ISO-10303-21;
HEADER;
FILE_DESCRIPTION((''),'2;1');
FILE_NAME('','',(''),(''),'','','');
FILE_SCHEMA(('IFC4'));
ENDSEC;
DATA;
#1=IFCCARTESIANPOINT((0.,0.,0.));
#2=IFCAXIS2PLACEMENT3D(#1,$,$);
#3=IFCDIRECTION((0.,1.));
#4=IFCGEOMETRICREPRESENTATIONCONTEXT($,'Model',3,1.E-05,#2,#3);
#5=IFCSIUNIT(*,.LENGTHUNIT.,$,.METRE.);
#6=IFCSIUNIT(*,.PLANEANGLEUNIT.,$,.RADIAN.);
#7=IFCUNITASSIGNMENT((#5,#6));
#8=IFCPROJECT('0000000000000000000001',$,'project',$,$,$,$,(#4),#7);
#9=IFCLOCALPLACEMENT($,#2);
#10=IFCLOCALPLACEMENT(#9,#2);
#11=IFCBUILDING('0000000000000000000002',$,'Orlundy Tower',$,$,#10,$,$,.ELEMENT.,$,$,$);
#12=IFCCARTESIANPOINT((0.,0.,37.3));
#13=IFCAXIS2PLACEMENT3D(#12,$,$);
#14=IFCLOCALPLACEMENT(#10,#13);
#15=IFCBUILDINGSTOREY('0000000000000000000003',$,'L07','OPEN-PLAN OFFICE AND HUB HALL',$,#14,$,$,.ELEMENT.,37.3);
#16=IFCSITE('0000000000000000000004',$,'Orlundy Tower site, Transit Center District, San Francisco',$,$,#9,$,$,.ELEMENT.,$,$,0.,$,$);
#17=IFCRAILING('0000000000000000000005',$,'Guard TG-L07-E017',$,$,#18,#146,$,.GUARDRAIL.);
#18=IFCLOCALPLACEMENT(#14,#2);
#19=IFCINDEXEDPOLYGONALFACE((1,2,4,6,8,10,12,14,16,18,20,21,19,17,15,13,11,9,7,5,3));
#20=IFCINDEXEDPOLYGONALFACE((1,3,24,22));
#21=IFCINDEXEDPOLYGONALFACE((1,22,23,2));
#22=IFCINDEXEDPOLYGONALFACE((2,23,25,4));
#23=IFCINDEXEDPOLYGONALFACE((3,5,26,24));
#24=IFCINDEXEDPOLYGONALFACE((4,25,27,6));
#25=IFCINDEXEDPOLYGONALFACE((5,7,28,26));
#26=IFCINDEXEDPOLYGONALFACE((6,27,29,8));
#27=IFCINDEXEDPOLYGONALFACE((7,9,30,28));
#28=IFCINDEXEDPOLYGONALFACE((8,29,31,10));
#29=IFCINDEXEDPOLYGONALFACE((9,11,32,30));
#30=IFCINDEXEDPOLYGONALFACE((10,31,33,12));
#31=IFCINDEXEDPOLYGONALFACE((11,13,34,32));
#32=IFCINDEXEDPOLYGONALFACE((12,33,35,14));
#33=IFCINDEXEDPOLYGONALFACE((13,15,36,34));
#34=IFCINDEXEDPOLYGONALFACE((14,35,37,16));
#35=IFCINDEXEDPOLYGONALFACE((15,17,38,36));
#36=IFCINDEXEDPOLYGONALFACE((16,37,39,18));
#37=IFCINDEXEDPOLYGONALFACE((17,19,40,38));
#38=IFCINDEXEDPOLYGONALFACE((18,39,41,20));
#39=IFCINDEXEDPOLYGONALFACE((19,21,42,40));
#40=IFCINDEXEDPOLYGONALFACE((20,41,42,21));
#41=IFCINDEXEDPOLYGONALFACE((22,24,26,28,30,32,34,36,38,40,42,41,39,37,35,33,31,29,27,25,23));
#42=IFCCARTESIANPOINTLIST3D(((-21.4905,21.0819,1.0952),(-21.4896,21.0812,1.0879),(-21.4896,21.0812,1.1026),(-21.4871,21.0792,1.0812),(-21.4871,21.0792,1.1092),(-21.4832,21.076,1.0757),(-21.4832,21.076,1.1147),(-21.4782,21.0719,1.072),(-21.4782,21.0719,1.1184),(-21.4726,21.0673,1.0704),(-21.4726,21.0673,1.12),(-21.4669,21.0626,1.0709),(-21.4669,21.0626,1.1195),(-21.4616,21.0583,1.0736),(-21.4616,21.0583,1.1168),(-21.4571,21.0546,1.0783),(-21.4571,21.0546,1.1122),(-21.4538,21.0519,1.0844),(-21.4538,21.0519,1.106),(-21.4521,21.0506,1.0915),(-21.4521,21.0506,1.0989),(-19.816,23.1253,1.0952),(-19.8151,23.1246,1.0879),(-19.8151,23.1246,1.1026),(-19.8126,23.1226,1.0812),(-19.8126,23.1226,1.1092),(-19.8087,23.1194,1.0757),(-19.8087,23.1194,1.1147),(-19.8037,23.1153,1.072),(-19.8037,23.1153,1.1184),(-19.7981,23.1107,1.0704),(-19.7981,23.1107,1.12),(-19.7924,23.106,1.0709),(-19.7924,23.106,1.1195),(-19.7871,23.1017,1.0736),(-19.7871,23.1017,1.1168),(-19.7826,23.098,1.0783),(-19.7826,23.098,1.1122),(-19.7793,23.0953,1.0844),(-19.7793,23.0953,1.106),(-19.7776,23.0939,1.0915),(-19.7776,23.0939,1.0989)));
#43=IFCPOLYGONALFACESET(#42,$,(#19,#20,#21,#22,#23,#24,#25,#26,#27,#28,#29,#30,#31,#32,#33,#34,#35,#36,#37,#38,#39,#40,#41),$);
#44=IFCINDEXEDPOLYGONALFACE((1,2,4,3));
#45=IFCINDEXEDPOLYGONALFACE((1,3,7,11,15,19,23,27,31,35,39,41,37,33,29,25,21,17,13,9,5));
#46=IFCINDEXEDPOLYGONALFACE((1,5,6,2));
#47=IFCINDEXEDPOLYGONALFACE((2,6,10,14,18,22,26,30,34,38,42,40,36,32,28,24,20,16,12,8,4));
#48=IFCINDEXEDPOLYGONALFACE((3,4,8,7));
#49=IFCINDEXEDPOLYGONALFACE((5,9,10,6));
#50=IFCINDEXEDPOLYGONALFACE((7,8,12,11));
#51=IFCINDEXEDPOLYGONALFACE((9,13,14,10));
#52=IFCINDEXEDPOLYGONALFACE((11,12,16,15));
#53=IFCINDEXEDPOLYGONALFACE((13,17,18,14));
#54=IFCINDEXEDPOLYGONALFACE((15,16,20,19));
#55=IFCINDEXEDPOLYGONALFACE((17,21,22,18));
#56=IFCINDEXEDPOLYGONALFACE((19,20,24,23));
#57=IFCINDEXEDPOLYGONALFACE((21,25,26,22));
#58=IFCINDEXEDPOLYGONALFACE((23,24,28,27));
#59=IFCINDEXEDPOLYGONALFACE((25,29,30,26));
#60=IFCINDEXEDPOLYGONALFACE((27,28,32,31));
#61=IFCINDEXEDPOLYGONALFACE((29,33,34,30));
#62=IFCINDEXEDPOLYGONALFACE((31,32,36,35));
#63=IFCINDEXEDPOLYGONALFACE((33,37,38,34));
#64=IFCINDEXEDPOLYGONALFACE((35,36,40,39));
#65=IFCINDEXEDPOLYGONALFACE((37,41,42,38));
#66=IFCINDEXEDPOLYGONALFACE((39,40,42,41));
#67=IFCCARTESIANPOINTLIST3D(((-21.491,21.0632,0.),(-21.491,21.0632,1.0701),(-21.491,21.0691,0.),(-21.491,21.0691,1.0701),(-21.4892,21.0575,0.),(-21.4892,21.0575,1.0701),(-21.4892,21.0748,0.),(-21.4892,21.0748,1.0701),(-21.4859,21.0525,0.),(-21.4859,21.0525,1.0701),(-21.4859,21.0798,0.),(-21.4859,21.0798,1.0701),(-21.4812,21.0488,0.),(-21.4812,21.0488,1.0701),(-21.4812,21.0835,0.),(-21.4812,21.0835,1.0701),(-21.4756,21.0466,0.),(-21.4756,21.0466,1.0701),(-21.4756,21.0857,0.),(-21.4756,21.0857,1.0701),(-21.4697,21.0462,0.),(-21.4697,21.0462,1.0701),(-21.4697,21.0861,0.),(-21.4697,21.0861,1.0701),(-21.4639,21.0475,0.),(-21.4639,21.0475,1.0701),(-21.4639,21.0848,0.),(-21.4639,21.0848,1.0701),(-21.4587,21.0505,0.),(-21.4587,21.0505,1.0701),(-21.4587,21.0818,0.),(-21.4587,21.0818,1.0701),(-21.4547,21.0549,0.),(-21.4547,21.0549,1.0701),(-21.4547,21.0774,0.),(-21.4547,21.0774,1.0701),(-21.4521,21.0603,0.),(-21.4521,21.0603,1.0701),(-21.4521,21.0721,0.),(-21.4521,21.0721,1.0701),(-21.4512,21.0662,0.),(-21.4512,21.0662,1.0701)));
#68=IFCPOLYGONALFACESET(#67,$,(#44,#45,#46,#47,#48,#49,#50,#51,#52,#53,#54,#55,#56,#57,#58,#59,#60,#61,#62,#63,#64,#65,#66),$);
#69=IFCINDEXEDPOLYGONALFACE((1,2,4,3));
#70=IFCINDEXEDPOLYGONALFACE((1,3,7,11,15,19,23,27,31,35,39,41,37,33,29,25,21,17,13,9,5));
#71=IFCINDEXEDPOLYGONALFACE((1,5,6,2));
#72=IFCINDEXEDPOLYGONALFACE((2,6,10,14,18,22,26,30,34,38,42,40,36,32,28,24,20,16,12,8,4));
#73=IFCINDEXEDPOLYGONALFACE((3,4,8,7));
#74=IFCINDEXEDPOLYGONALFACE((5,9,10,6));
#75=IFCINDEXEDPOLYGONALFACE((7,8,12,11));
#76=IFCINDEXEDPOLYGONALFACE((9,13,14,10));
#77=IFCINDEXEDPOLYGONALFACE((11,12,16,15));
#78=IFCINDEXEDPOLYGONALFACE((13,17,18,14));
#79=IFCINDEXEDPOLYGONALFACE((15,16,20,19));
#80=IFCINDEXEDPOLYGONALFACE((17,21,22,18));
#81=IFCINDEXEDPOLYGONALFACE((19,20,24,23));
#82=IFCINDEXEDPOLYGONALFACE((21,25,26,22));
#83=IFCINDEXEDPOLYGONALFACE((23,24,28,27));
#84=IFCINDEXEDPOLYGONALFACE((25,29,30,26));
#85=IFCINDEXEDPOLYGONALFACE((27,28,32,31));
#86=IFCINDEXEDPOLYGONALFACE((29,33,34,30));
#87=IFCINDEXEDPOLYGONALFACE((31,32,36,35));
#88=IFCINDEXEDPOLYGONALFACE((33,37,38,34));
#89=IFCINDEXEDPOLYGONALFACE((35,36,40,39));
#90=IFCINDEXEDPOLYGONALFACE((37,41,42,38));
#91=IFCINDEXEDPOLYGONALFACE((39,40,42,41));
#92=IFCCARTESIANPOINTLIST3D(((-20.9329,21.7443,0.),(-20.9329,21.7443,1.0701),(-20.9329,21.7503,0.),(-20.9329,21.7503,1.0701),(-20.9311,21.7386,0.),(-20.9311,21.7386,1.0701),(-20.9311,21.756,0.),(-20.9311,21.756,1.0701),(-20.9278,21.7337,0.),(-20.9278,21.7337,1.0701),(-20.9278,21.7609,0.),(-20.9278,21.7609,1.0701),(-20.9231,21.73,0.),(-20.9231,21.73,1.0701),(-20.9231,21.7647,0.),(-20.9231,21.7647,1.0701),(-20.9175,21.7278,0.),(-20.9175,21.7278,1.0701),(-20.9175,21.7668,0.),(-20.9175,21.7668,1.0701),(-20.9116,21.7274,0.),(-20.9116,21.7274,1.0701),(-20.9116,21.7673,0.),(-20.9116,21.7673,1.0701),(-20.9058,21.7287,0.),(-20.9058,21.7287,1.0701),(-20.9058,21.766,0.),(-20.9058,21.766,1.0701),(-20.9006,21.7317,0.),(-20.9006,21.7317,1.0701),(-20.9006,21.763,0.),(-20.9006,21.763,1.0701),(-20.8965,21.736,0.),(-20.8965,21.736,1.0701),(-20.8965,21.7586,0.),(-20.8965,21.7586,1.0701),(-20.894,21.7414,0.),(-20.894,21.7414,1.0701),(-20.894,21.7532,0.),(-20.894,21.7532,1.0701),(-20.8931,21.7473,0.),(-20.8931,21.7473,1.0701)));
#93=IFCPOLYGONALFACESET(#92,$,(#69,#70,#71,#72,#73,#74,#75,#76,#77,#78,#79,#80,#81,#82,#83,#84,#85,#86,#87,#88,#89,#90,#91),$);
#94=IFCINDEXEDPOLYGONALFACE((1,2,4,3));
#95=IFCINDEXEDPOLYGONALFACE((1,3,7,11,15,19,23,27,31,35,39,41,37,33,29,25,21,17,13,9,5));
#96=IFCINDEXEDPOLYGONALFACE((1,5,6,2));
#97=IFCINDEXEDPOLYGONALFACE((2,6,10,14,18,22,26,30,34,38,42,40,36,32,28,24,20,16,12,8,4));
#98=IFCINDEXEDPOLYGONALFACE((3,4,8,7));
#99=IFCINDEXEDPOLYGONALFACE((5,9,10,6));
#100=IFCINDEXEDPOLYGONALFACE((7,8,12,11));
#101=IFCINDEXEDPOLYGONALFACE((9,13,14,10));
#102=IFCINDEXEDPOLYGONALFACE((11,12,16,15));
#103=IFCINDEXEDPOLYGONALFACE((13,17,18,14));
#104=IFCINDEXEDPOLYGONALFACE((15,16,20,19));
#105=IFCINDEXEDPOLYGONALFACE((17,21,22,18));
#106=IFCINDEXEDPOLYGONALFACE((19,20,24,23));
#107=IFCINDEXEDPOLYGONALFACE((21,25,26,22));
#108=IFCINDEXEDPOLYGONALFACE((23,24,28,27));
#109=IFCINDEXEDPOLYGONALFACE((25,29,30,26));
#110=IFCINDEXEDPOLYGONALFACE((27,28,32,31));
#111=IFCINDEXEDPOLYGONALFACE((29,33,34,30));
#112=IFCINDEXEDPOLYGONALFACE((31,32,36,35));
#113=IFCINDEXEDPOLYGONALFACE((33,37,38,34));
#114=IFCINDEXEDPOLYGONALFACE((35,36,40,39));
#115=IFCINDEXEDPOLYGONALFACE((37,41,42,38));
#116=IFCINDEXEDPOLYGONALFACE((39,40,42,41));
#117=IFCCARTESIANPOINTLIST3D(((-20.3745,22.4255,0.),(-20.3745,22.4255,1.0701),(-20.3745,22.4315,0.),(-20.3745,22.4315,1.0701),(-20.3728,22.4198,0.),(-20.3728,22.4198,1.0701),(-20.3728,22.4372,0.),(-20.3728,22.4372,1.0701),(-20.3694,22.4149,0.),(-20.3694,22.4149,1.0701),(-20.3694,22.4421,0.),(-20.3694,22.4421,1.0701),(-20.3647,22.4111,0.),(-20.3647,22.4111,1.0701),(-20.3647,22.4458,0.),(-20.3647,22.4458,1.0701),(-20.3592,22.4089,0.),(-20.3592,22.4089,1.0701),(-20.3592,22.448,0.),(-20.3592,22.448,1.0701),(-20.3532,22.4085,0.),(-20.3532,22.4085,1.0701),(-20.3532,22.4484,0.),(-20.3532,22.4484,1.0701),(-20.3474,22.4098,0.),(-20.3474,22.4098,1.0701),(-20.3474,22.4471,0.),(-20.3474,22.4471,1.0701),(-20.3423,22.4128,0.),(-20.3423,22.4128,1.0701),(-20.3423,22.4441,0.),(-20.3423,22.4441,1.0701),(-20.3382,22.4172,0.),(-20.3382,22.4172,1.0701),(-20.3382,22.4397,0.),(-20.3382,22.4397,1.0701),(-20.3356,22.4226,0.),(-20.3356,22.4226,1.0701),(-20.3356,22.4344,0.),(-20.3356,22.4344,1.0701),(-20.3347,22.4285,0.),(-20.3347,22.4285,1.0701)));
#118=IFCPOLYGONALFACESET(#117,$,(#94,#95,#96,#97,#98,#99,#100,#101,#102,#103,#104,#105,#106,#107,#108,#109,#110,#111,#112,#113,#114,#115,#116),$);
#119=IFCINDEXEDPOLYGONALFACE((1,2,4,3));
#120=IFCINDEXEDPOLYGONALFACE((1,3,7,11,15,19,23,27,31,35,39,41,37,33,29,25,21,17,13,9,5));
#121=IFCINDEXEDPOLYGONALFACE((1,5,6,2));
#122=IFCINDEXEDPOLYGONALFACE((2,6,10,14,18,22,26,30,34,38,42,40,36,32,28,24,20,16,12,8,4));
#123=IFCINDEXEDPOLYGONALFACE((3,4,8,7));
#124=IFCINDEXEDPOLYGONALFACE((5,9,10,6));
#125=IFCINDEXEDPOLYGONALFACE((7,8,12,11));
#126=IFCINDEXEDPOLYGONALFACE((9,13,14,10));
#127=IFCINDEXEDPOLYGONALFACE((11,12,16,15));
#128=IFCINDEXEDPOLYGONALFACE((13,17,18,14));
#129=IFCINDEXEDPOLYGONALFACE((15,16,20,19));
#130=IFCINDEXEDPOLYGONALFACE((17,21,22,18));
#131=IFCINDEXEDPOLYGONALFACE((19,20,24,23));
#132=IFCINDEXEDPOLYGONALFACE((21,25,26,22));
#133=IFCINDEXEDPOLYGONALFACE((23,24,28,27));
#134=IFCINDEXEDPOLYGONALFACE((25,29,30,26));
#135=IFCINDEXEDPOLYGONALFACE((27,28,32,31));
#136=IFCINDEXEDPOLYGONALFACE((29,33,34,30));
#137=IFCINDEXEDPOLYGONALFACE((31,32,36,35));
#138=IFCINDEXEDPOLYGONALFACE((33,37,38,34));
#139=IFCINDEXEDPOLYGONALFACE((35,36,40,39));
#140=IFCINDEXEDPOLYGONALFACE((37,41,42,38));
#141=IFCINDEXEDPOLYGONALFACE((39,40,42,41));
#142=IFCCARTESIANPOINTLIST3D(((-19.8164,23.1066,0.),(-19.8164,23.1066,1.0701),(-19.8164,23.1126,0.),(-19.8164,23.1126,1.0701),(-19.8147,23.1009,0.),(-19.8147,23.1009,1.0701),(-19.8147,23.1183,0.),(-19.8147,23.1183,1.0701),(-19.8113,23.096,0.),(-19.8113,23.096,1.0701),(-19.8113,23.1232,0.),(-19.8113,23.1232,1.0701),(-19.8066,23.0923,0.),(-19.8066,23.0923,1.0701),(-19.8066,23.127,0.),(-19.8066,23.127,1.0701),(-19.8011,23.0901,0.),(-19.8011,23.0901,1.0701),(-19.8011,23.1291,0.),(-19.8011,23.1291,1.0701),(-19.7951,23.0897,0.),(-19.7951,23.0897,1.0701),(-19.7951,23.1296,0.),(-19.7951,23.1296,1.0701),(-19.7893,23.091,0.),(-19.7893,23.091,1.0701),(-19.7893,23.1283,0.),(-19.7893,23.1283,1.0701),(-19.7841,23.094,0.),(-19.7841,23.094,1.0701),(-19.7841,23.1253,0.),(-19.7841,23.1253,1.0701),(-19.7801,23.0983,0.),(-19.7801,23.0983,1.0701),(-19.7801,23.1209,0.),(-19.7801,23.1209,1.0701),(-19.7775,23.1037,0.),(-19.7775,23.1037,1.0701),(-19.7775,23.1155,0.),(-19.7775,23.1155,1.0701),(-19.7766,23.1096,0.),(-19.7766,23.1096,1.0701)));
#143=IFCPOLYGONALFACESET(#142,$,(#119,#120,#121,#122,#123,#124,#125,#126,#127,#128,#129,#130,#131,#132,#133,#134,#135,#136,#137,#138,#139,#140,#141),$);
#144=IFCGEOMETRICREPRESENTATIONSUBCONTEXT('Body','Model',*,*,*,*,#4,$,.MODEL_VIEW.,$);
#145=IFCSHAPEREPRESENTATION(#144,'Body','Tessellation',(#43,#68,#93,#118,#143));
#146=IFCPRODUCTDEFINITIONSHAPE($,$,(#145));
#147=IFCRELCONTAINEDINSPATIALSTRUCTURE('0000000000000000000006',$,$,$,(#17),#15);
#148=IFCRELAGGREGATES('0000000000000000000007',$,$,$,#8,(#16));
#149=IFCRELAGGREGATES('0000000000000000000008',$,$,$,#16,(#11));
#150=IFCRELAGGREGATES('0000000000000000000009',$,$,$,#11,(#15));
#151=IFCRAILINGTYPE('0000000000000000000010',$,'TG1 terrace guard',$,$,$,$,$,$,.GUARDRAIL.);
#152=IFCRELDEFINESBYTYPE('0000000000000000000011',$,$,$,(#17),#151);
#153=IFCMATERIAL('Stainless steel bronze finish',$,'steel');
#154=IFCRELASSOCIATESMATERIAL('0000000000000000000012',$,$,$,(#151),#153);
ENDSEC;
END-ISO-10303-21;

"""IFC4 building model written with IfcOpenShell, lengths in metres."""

from ifc_helpers import new_model, si_unit, direction, frame, origin, origin_2d, place, context, subcontext, project, spatial, circle, extrude, material, type_object, element, save


model = new_model("IFC4")

# Units and contexts
model_context = context("Model", 3, precision=1e-05, world=origin(), true_north=direction((0.0, 1.0)))
body_context = subcontext(model_context, "Body", "Model", "MODEL_VIEW")
ifc_project = project(units=[si_unit("LENGTHUNIT", "METRE"), si_unit("PLANEANGLEUNIT", "RADIAN")], contexts=[model_context])

# Site, building, storey
site_placement = place(None, origin())
site = spatial("IfcSite", under=ifc_project, at=site_placement, Name="Orlundy Tower site, Transit Center District, San Francisco", CompositionType="ELEMENT", RefElevation=0.0)
building_placement = place(site_placement, origin())
building = spatial("IfcBuilding", under=site, at=building_placement, Name="Orlundy Tower", CompositionType="ELEMENT")
storey_placement = place(building_placement, frame((0.0, 0.0, 37.3)))
storey = spatial("IfcBuildingStorey", under=building, at=storey_placement, Name="L07", Description="OPEN-PLAN OFFICE AND HUB HALL", CompositionType="ELEMENT", Elevation=37.3)

# Railing
ifc_material_1 = material(Name="Stainless steel bronze finish", Category="steel")
railing_type = type_object("IfcRailingType", Name="TG1 terrace guard", PredefinedType="GUARDRAIL", material=ifc_material_1)
railing_1_placement = place(storey_placement, frame((-21.4712, 21.0662, 0.0)))
element("IfcRailing", 1, at=railing_1_placement, inside=storey, type_object=railing_type, Name="Guard TG-L07-E017", PredefinedType="GUARDRAIL", context=body_context, shape_type="SweptSolid", body=[
    extrude(circle(Radius=0.0249, at=origin_2d()), frame((0.0, 0.0, 1.0952), z_axis=(0.633836, 0.773467, 0.0), x_axis=(-0.773467, 0.633836, 0.0)), (0.0, 0.0, 1.0), 2.6418),
    extrude(circle(Radius=0.02, at=origin_2d()), origin(), (0.0, 0.0, 1.0), 1.0701),
    extrude(circle(Radius=0.02, at=origin_2d()), frame((0.5581, 0.6812, 0.0)), (0.0, 0.0, 1.0), 1.0701),
    extrude(circle(Radius=0.02, at=origin_2d()), frame((1.1165, 1.3623, 0.0)), (0.0, 0.0, 1.0), 1.0701),
    extrude(circle(Radius=0.02, at=origin_2d()), frame((1.6746, 2.0435, 0.0)), (0.0, 0.0, 1.0), 1.0701),
])

save(model, "model.ifc")
